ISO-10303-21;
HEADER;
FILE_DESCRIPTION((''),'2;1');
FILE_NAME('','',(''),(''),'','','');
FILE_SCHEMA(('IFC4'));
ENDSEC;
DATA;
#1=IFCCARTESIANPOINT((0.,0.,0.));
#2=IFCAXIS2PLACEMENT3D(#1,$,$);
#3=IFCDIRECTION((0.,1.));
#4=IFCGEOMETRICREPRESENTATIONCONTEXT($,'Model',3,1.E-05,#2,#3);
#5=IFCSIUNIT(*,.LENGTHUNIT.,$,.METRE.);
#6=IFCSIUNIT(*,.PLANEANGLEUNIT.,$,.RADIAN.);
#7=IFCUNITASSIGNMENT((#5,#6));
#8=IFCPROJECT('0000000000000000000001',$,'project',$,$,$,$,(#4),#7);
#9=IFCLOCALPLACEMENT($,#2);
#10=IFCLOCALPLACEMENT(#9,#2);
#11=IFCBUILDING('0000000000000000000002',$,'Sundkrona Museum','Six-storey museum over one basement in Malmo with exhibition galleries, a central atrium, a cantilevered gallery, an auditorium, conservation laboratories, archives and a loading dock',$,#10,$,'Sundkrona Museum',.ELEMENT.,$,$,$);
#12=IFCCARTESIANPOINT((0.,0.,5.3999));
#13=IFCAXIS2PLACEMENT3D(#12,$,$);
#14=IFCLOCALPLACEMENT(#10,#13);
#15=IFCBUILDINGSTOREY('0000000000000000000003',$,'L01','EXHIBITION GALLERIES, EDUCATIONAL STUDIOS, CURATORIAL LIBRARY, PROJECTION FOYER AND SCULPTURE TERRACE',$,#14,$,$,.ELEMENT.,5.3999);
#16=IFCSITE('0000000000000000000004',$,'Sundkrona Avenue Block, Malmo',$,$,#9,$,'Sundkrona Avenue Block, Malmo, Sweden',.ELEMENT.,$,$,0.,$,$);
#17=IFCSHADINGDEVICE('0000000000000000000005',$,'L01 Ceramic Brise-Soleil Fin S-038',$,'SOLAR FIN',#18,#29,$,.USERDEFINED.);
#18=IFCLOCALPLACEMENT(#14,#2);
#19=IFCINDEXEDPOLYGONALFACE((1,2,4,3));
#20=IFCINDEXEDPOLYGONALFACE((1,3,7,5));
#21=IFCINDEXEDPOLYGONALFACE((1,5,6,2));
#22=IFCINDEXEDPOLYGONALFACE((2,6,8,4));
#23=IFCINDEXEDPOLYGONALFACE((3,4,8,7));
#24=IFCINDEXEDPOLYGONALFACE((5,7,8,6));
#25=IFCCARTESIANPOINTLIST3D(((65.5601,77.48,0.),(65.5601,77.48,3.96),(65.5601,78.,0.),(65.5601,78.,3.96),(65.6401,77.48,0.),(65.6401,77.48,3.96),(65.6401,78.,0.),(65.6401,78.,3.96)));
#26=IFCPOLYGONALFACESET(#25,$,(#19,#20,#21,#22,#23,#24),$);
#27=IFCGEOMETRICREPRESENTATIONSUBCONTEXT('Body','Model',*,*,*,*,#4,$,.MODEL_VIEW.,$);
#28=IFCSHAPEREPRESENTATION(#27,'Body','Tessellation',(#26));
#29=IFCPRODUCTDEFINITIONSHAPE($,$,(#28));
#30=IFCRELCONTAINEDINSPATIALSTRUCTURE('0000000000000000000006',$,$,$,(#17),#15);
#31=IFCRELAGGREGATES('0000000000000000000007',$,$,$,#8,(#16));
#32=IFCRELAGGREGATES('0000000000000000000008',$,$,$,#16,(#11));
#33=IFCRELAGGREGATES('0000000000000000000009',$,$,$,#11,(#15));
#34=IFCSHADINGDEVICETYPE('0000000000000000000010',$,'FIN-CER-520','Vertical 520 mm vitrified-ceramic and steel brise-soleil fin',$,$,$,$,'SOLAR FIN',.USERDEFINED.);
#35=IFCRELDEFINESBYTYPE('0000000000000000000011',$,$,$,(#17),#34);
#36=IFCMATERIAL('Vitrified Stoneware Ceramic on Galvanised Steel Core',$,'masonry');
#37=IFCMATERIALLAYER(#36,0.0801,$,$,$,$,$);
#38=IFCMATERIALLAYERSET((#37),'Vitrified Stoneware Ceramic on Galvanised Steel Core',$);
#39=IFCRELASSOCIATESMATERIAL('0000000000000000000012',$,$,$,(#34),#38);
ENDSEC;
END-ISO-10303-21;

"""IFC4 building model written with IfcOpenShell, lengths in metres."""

from ifc_helpers import new_model, si_unit, direction, frame, origin, origin_2d, place, context, subcontext, project, spatial, rectangle, extrude, material, layer, layer_set, type_object, element, save


model = new_model("IFC4")

# Units and contexts
model_context = context("Model", 3, precision=1e-05, world=origin(), true_north=direction((0.0, 1.0)))
body_context = subcontext(model_context, "Body", "Model", "MODEL_VIEW")
ifc_project = project(units=[si_unit("LENGTHUNIT", "METRE"), si_unit("PLANEANGLEUNIT", "RADIAN")], contexts=[model_context])

# Site, building, storey
site_placement = place(None, origin())
site = spatial("IfcSite", under=ifc_project, at=site_placement, Name="Sundkrona Avenue Block, Malmo", LongName="Sundkrona Avenue Block, Malmo, Sweden", CompositionType="ELEMENT", RefElevation=0.0)
building_placement = place(site_placement, origin())
building = spatial("IfcBuilding", under=site, at=building_placement, Name="Sundkrona Museum", Description="Six-storey museum over one basement in Malmo with exhibition galleries, a central atrium, a cantilevered gallery, an auditorium, conservation laboratories, archives and a loading dock", LongName="Sundkrona Museum", CompositionType="ELEMENT")
storey_placement = place(building_placement, frame((0.0, 0.0, 5.3999)))
storey = spatial("IfcBuildingStorey", under=building, at=storey_placement, Name="L01", Description="EXHIBITION GALLERIES, EDUCATIONAL STUDIOS, CURATORIAL LIBRARY, PROJECTION FOYER AND SCULPTURE TERRACE", CompositionType="ELEMENT", Elevation=5.3999)

# Shading device
ifc_material = material(Name="Vitrified Stoneware Ceramic on Galvanised Steel Core", Category="masonry")
ifc_layer = layer(ifc_material, 0.0801)
ifc_layer_set = layer_set([ifc_layer], Name="Vitrified Stoneware Ceramic on Galvanised Steel Core")
shading_device_type = type_object("IfcShadingDeviceType", Name="FIN-CER-520", Description="Vertical 520 mm vitrified-ceramic and steel brise-soleil fin", ElementType="SOLAR FIN", PredefinedType="USERDEFINED", material=ifc_layer_set)
for number, where, z_axis, x_axis, name in (
    (1, (65.6001, 77.74, 0.0), (0.0, 0.0, 1.0), (1.0, 0.0, 0.0), "L01 Ceramic Brise-Soleil Fin S-038"),
):
    element("IfcShadingDevice", number, at=place(storey_placement, frame(where, z_axis=z_axis, x_axis=x_axis)), inside=storey, type_object=shading_device_type, Name=name, ObjectType="SOLAR FIN", PredefinedType="USERDEFINED", context=body_context, shape_type="SweptSolid", body=[
        extrude(rectangle(XDim=0.0801, YDim=0.52, at=origin_2d()), origin(), (0.0, 0.0, 1.0), 3.96),
    ])

save(model, "model.ifc")
